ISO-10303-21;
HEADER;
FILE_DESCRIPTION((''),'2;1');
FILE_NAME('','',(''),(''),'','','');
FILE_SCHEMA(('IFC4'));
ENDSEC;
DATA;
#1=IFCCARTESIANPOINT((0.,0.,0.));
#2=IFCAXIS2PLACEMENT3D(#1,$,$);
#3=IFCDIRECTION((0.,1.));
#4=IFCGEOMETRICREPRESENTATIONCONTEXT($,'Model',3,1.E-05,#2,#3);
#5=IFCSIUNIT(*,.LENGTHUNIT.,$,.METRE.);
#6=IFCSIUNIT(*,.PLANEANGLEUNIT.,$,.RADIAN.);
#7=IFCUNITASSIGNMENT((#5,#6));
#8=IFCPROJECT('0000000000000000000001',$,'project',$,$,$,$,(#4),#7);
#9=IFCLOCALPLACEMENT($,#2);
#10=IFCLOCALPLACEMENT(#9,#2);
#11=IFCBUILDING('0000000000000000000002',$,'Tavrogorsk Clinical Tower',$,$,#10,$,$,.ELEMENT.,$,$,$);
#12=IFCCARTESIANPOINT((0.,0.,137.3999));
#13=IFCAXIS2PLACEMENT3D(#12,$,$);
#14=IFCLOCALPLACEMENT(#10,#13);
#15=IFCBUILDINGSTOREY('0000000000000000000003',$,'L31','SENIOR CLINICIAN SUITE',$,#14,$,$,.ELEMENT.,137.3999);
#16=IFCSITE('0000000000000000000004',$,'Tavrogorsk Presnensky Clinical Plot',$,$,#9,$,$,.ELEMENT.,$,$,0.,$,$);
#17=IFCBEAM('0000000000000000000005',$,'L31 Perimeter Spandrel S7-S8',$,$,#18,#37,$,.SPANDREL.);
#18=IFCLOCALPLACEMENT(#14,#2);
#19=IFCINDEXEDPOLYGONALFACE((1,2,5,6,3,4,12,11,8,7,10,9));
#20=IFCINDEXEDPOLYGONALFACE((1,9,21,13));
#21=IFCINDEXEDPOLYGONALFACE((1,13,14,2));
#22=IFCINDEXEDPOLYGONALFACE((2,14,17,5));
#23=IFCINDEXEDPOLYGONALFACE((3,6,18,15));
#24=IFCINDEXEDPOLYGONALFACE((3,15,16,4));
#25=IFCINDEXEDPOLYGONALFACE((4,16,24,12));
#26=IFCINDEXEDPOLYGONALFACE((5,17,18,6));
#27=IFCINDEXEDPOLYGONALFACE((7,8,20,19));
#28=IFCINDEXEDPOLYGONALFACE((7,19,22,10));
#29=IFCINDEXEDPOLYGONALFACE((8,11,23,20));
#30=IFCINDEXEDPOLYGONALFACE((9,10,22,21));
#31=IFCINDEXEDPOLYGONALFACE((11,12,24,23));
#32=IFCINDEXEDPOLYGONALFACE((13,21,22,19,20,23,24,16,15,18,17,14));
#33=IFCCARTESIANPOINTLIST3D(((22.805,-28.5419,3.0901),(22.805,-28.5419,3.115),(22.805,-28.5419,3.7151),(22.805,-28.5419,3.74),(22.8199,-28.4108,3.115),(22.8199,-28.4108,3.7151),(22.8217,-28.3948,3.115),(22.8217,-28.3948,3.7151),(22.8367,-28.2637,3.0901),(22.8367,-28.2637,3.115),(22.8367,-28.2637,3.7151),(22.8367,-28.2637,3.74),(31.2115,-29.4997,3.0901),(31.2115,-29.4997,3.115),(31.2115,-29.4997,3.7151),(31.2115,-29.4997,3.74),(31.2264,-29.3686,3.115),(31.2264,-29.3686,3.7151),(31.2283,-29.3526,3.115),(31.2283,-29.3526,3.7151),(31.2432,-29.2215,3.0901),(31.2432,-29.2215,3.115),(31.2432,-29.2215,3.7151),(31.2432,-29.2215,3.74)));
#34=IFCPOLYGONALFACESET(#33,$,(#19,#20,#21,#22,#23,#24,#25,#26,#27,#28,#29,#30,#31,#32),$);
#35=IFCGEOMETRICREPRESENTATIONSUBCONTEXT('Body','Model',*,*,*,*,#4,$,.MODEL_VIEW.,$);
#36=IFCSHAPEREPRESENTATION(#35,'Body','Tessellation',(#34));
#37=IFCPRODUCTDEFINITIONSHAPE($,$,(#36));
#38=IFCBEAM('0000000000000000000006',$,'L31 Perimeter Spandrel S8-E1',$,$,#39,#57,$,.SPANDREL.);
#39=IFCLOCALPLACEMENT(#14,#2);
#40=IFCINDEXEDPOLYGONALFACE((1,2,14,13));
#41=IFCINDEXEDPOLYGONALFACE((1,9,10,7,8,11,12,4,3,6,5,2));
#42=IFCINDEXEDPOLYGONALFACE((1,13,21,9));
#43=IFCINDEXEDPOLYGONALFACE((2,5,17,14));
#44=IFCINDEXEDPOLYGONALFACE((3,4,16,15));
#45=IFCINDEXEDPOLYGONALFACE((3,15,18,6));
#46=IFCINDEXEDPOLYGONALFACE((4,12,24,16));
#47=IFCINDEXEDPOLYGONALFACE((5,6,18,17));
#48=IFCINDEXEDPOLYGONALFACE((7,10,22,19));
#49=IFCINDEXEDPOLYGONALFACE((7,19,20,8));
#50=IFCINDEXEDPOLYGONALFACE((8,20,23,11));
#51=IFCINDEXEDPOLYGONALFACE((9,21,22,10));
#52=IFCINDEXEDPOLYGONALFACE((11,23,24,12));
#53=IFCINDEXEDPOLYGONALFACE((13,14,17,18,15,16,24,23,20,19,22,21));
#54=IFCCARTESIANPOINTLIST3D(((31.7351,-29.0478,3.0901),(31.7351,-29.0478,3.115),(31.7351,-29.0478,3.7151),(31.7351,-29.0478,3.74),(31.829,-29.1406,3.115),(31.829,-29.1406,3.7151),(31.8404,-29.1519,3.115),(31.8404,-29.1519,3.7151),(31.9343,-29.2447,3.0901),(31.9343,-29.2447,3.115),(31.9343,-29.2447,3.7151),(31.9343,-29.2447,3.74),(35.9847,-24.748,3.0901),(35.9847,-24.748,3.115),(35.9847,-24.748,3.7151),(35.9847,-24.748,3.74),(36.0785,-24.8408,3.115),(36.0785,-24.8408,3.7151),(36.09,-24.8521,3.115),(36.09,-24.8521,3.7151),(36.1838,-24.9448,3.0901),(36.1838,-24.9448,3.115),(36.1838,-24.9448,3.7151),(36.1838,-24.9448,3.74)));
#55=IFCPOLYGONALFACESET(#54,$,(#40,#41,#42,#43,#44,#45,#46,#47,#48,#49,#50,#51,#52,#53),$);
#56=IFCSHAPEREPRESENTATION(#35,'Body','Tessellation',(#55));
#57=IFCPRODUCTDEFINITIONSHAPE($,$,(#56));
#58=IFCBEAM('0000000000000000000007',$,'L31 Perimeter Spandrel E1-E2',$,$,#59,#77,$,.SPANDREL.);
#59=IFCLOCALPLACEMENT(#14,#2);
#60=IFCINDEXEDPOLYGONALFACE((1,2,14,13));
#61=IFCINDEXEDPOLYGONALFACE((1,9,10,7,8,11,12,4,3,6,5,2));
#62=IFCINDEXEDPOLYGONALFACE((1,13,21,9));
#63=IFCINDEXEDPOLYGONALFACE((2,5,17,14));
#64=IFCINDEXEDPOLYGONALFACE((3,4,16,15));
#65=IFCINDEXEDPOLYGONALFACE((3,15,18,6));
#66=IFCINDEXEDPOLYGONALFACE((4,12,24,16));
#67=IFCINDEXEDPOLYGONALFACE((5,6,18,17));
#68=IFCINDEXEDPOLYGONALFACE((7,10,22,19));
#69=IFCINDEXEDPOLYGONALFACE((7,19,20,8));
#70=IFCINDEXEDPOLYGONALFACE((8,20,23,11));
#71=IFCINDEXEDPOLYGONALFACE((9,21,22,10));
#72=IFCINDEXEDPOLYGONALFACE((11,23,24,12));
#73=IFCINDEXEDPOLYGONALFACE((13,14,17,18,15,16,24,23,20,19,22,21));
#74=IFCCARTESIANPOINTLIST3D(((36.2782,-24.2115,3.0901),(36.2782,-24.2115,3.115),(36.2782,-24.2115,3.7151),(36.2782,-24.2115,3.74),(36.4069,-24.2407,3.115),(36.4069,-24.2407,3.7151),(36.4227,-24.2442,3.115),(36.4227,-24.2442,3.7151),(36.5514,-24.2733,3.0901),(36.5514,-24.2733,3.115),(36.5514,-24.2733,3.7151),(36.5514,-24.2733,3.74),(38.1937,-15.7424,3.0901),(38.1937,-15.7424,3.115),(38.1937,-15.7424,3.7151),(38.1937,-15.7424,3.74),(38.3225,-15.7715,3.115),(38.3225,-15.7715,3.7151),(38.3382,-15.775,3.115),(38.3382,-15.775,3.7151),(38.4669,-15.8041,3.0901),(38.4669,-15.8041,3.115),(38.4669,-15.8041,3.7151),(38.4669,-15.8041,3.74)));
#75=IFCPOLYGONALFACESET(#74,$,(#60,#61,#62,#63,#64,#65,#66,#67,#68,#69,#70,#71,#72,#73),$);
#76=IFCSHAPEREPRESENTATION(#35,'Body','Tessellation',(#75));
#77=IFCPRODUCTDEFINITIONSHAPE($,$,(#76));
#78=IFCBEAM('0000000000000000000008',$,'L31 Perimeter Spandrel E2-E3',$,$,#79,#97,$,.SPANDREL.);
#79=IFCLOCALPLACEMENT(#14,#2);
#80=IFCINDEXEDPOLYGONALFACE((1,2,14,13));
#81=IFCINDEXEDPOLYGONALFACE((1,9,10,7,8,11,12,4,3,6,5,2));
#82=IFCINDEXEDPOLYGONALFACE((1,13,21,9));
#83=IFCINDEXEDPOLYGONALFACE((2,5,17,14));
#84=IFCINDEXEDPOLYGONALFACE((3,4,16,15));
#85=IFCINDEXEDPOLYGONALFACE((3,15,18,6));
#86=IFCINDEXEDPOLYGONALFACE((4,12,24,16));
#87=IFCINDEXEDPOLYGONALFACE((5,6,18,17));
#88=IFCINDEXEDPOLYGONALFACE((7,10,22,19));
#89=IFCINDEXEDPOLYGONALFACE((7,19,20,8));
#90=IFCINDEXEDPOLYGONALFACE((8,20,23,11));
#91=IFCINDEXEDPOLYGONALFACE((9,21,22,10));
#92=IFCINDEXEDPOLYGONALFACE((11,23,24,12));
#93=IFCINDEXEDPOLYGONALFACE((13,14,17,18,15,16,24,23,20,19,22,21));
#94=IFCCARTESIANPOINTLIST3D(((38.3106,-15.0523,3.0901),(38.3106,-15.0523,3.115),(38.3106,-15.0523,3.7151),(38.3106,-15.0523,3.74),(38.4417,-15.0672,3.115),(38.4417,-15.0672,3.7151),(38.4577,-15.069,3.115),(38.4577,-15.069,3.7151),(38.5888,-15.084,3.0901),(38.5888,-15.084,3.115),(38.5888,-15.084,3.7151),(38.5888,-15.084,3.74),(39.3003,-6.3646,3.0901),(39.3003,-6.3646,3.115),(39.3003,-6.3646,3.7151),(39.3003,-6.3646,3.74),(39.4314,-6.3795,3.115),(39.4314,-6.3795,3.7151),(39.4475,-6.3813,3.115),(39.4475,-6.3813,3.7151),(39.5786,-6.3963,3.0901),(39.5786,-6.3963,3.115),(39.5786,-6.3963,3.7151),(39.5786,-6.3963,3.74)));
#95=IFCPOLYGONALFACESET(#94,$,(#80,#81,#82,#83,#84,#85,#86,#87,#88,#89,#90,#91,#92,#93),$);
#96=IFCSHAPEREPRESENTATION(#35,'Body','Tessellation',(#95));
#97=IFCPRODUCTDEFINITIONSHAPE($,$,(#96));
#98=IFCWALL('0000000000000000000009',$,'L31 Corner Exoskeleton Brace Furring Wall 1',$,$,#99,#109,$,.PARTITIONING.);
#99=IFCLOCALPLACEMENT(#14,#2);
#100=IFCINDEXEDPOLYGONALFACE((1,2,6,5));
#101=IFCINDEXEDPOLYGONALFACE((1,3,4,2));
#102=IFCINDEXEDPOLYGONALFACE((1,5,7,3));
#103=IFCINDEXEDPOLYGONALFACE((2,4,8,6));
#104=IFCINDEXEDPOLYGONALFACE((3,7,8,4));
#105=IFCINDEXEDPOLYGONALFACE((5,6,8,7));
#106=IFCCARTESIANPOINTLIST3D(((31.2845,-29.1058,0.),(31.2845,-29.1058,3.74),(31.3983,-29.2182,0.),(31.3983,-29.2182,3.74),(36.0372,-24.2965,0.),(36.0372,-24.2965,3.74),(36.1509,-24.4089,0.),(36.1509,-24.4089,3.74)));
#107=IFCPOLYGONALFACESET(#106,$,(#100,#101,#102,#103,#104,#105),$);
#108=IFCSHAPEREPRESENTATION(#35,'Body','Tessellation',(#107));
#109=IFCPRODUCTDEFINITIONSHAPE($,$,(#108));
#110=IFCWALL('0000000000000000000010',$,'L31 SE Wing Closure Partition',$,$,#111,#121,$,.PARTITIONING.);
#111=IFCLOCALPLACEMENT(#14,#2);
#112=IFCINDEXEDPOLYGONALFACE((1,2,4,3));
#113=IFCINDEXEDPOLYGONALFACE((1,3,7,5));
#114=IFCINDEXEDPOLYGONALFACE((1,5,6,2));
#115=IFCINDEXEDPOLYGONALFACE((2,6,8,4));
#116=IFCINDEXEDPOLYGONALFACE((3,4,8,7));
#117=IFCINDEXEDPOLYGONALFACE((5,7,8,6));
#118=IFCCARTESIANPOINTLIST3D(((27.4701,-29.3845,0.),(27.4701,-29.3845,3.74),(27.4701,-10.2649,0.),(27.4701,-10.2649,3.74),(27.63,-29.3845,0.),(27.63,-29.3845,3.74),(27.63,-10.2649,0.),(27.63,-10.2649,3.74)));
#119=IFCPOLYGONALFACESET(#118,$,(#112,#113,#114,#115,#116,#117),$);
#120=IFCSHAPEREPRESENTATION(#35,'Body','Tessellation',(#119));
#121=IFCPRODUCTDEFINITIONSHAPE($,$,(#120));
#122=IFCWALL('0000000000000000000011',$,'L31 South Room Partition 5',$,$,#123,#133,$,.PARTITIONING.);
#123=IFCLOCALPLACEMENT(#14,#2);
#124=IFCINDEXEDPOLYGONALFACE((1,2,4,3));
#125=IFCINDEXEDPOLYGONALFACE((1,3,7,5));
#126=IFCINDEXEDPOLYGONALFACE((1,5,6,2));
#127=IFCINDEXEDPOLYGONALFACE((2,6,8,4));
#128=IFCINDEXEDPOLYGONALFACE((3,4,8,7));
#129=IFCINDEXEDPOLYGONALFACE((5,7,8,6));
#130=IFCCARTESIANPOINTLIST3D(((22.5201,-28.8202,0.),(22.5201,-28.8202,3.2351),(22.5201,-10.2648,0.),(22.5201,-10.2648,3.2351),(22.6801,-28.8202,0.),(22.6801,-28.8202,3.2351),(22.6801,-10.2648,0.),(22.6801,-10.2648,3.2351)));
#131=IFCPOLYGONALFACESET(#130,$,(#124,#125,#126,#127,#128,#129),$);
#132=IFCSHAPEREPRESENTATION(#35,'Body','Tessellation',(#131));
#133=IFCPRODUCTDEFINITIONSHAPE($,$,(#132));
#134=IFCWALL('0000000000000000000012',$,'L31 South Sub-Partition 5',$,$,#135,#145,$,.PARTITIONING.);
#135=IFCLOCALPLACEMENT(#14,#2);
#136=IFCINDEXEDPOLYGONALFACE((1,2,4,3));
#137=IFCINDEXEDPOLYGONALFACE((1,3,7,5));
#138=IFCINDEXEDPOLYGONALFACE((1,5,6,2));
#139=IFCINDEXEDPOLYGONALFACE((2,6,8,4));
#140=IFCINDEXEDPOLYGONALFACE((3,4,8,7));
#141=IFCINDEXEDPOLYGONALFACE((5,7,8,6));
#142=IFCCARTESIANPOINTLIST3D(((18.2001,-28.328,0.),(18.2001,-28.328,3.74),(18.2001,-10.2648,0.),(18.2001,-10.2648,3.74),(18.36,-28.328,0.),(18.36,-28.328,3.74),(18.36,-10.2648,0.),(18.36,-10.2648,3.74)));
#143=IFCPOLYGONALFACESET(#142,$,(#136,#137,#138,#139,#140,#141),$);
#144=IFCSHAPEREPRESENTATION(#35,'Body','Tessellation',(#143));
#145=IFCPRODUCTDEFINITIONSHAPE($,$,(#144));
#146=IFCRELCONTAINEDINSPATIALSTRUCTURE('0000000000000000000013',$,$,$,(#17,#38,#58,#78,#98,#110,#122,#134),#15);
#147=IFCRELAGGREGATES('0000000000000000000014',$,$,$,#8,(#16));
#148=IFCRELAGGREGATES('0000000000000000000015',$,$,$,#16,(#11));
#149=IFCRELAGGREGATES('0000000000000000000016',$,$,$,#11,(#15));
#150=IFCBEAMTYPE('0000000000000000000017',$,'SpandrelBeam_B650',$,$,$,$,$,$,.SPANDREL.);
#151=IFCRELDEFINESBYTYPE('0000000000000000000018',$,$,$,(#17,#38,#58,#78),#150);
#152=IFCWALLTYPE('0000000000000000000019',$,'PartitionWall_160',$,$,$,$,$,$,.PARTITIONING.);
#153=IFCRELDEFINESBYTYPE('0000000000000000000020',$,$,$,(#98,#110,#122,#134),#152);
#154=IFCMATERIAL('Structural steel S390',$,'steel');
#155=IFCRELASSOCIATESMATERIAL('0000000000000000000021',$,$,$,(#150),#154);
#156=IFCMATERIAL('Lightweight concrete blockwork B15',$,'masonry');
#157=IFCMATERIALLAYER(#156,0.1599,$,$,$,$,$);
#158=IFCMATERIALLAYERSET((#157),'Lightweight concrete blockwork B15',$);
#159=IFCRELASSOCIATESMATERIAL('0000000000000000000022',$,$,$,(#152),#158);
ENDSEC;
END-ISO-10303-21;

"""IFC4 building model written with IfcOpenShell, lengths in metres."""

from ifc_helpers import new_model, si_unit, direction, frame, frame_2d, origin, origin_2d, place, context, subcontext, project, spatial, rectangle, i_section, extrude, material, layer, layer_set, material_profile, profile_set, type_object, element, save


model = new_model("IFC4")

# Units and contexts
model_context = context("Model", 3, precision=1e-05, world=origin(), true_north=direction((0.0, 1.0)))
body_context = subcontext(model_context, "Body", "Model", "MODEL_VIEW")
ifc_project = project(units=[si_unit("LENGTHUNIT", "METRE"), si_unit("PLANEANGLEUNIT", "RADIAN")], contexts=[model_context])

# Site, building, storey
site_placement = place(None, origin())
site = spatial("IfcSite", under=ifc_project, at=site_placement, Name="Tavrogorsk Presnensky Clinical Plot", CompositionType="ELEMENT", RefElevation=0.0)
building_placement = place(site_placement, origin())
building = spatial("IfcBuilding", under=site, at=building_placement, Name="Tavrogorsk Clinical Tower", CompositionType="ELEMENT")
storey_placement = place(building_placement, frame((0.0, 0.0, 137.3999)))
storey = spatial("IfcBuildingStorey", under=building, at=storey_placement, Name="L31", Description="SENIOR CLINICIAN SUITE", CompositionType="ELEMENT", Elevation=137.3999)

# Beams
ifc_material_1 = material(Name="Structural steel S390", Category="steel")
ifc_material_profile_1 = material_profile(ifc_material_1, i_section(OverallWidth=0.28, OverallDepth=0.6499, WebThickness=0.0161, FlangeThickness=0.0249, at=origin_2d()), Name="B-650x280x16x25")
ifc_profile_set_1 = profile_set([ifc_material_profile_1], Name="Structural steel S390")
beam_type_1 = type_object("IfcBeamType", Name="SpandrelBeam_B650", PredefinedType="SPANDREL", material=ifc_profile_set_1)
beam_1_placement = place(storey_placement, frame((22.8208, -28.4028, 3.415), z_axis=(0.993572, -0.113199, 0.0), x_axis=(0.113199, 0.993572, 0.0)))
element("IfcBeam", 1, at=beam_1_placement, inside=storey, type_object=beam_type_1, Name="L31 Perimeter Spandrel S7-S8", PredefinedType="SPANDREL", context=body_context, shape_type="SweptSolid", body=[
    extrude(i_section(OverallWidth=0.28, OverallDepth=0.6499, WebThickness=0.0161, FlangeThickness=0.0249, at=origin_2d()), origin(), (0.0, 0.0, 1.0), 8.4609),
])
beam_2_placement = place(storey_placement, frame((31.8347, -29.1462, 3.415), z_axis=(0.702935, 0.711254, 0.0), x_axis=(-0.711254, 0.702935, 0.0)))
element("IfcBeam", 2, at=beam_2_placement, inside=storey, type_object=beam_type_1, Name="L31 Perimeter Spandrel S8-E1", PredefinedType="SPANDREL", context=body_context, shape_type="SweptSolid", body=[
    extrude(i_section(OverallWidth=0.28, OverallDepth=0.6499, WebThickness=0.0161, FlangeThickness=0.0249, at=origin_2d()), origin(), (0.0, 0.0, 1.0), 6.0454),
])
beam_3_placement = place(storey_placement, frame((36.4148, -24.2424, 3.415), z_axis=(0.220603, 0.975364, 0.0), x_axis=(-0.975364, 0.220603, 0.0)))
element("IfcBeam", 3, at=beam_3_placement, inside=storey, type_object=beam_type_1, Name="L31 Perimeter Spandrel E1-E2", PredefinedType="SPANDREL", context=body_context, shape_type="SweptSolid", body=[
    extrude(i_section(OverallWidth=0.28, OverallDepth=0.6499, WebThickness=0.0161, FlangeThickness=0.0249, at=origin_2d()), origin(), (0.0, 0.0, 1.0), 8.6831),
])
beam_4_placement = place(storey_placement, frame((38.4497, -15.0681, 3.415), z_axis=(0.113192, 0.993573, 0.0), x_axis=(-0.993573, 0.113192, 0.0)))
element("IfcBeam", 4, at=beam_4_placement, inside=storey, type_object=beam_type_1, Name="L31 Perimeter Spandrel E2-E3", PredefinedType="SPANDREL", context=body_context, shape_type="SweptSolid", body=[
    extrude(i_section(OverallWidth=0.28, OverallDepth=0.6499, WebThickness=0.0161, FlangeThickness=0.0249, at=origin_2d()), origin(), (0.0, 0.0, 1.0), 8.7439),
])

# Walls
ifc_material_2 = material(Name="Lightweight concrete blockwork B15", Category="masonry")
ifc_layer_1 = layer(ifc_material_2, 0.1599)
ifc_layer_set_1 = layer_set([ifc_layer_1], Name="Lightweight concrete blockwork B15")
wall_type_1 = type_object("IfcWallType", Name="PartitionWall_160", PredefinedType="PARTITIONING", material=ifc_layer_set_1)
wall_1_placement = place(storey_placement, frame((31.3413, -29.1621, 0.0), z_axis=(0.0, 0.0, 1.0), x_axis=(0.702906, 0.711283, 0.0)))
element("IfcWall", 5, at=wall_1_placement, inside=storey, type_object=wall_type_1, Name="L31 Corner Exoskeleton Brace Furring Wall 1", PredefinedType="PARTITIONING", context=body_context, shape_type="SweptSolid", body=[
    extrude(rectangle(XDim=6.7615, YDim=0.1599, at=frame_2d((3.3809, 0.0))), origin(), (0.0, 0.0, 1.0), 3.74),
])
wall_2_placement = place(storey_placement, frame((27.55, -29.3845, 0.0), z_axis=(0.0, 0.0, 1.0), x_axis=(0.0, 1.0, 0.0)))
element("IfcWall", 6, at=wall_2_placement, inside=storey, type_object=wall_type_1, Name="L31 SE Wing Closure Partition", PredefinedType="PARTITIONING", context=body_context, shape_type="SweptSolid", body=[
    extrude(rectangle(XDim=19.1196, YDim=0.1599, at=frame_2d((9.5598, 0.0))), origin(), (0.0, 0.0, 1.0), 3.74),
])
wall_3_placement = place(storey_placement, frame((22.6001, -28.8203, 0.0), z_axis=(0.0, 0.0, 1.0), x_axis=(0.0, 1.0, 0.0)))
element("IfcWall", 7, at=wall_3_placement, inside=storey, type_object=wall_type_1, Name="L31 South Room Partition 5", PredefinedType="PARTITIONING", context=body_context, shape_type="SweptSolid", body=[
    extrude(rectangle(XDim=18.5554, YDim=0.1599, at=frame_2d((9.2778, 0.0))), origin(), (0.0, 0.0, 1.0), 3.2351),
])
wall_4_placement = place(storey_placement, frame((18.28, -28.3281, 0.0), z_axis=(0.0, 0.0, 1.0), x_axis=(0.0, 1.0, 0.0)))
element("IfcWall", 8, at=wall_4_placement, inside=storey, type_object=wall_type_1, Name="L31 South Sub-Partition 5", PredefinedType="PARTITIONING", context=body_context, shape_type="SweptSolid", body=[
    extrude(rectangle(XDim=18.0632, YDim=0.1599, at=frame_2d((9.0317, 0.0))), origin(), (0.0, 0.0, 1.0), 3.74),
])

save(model, "model.ifc")
